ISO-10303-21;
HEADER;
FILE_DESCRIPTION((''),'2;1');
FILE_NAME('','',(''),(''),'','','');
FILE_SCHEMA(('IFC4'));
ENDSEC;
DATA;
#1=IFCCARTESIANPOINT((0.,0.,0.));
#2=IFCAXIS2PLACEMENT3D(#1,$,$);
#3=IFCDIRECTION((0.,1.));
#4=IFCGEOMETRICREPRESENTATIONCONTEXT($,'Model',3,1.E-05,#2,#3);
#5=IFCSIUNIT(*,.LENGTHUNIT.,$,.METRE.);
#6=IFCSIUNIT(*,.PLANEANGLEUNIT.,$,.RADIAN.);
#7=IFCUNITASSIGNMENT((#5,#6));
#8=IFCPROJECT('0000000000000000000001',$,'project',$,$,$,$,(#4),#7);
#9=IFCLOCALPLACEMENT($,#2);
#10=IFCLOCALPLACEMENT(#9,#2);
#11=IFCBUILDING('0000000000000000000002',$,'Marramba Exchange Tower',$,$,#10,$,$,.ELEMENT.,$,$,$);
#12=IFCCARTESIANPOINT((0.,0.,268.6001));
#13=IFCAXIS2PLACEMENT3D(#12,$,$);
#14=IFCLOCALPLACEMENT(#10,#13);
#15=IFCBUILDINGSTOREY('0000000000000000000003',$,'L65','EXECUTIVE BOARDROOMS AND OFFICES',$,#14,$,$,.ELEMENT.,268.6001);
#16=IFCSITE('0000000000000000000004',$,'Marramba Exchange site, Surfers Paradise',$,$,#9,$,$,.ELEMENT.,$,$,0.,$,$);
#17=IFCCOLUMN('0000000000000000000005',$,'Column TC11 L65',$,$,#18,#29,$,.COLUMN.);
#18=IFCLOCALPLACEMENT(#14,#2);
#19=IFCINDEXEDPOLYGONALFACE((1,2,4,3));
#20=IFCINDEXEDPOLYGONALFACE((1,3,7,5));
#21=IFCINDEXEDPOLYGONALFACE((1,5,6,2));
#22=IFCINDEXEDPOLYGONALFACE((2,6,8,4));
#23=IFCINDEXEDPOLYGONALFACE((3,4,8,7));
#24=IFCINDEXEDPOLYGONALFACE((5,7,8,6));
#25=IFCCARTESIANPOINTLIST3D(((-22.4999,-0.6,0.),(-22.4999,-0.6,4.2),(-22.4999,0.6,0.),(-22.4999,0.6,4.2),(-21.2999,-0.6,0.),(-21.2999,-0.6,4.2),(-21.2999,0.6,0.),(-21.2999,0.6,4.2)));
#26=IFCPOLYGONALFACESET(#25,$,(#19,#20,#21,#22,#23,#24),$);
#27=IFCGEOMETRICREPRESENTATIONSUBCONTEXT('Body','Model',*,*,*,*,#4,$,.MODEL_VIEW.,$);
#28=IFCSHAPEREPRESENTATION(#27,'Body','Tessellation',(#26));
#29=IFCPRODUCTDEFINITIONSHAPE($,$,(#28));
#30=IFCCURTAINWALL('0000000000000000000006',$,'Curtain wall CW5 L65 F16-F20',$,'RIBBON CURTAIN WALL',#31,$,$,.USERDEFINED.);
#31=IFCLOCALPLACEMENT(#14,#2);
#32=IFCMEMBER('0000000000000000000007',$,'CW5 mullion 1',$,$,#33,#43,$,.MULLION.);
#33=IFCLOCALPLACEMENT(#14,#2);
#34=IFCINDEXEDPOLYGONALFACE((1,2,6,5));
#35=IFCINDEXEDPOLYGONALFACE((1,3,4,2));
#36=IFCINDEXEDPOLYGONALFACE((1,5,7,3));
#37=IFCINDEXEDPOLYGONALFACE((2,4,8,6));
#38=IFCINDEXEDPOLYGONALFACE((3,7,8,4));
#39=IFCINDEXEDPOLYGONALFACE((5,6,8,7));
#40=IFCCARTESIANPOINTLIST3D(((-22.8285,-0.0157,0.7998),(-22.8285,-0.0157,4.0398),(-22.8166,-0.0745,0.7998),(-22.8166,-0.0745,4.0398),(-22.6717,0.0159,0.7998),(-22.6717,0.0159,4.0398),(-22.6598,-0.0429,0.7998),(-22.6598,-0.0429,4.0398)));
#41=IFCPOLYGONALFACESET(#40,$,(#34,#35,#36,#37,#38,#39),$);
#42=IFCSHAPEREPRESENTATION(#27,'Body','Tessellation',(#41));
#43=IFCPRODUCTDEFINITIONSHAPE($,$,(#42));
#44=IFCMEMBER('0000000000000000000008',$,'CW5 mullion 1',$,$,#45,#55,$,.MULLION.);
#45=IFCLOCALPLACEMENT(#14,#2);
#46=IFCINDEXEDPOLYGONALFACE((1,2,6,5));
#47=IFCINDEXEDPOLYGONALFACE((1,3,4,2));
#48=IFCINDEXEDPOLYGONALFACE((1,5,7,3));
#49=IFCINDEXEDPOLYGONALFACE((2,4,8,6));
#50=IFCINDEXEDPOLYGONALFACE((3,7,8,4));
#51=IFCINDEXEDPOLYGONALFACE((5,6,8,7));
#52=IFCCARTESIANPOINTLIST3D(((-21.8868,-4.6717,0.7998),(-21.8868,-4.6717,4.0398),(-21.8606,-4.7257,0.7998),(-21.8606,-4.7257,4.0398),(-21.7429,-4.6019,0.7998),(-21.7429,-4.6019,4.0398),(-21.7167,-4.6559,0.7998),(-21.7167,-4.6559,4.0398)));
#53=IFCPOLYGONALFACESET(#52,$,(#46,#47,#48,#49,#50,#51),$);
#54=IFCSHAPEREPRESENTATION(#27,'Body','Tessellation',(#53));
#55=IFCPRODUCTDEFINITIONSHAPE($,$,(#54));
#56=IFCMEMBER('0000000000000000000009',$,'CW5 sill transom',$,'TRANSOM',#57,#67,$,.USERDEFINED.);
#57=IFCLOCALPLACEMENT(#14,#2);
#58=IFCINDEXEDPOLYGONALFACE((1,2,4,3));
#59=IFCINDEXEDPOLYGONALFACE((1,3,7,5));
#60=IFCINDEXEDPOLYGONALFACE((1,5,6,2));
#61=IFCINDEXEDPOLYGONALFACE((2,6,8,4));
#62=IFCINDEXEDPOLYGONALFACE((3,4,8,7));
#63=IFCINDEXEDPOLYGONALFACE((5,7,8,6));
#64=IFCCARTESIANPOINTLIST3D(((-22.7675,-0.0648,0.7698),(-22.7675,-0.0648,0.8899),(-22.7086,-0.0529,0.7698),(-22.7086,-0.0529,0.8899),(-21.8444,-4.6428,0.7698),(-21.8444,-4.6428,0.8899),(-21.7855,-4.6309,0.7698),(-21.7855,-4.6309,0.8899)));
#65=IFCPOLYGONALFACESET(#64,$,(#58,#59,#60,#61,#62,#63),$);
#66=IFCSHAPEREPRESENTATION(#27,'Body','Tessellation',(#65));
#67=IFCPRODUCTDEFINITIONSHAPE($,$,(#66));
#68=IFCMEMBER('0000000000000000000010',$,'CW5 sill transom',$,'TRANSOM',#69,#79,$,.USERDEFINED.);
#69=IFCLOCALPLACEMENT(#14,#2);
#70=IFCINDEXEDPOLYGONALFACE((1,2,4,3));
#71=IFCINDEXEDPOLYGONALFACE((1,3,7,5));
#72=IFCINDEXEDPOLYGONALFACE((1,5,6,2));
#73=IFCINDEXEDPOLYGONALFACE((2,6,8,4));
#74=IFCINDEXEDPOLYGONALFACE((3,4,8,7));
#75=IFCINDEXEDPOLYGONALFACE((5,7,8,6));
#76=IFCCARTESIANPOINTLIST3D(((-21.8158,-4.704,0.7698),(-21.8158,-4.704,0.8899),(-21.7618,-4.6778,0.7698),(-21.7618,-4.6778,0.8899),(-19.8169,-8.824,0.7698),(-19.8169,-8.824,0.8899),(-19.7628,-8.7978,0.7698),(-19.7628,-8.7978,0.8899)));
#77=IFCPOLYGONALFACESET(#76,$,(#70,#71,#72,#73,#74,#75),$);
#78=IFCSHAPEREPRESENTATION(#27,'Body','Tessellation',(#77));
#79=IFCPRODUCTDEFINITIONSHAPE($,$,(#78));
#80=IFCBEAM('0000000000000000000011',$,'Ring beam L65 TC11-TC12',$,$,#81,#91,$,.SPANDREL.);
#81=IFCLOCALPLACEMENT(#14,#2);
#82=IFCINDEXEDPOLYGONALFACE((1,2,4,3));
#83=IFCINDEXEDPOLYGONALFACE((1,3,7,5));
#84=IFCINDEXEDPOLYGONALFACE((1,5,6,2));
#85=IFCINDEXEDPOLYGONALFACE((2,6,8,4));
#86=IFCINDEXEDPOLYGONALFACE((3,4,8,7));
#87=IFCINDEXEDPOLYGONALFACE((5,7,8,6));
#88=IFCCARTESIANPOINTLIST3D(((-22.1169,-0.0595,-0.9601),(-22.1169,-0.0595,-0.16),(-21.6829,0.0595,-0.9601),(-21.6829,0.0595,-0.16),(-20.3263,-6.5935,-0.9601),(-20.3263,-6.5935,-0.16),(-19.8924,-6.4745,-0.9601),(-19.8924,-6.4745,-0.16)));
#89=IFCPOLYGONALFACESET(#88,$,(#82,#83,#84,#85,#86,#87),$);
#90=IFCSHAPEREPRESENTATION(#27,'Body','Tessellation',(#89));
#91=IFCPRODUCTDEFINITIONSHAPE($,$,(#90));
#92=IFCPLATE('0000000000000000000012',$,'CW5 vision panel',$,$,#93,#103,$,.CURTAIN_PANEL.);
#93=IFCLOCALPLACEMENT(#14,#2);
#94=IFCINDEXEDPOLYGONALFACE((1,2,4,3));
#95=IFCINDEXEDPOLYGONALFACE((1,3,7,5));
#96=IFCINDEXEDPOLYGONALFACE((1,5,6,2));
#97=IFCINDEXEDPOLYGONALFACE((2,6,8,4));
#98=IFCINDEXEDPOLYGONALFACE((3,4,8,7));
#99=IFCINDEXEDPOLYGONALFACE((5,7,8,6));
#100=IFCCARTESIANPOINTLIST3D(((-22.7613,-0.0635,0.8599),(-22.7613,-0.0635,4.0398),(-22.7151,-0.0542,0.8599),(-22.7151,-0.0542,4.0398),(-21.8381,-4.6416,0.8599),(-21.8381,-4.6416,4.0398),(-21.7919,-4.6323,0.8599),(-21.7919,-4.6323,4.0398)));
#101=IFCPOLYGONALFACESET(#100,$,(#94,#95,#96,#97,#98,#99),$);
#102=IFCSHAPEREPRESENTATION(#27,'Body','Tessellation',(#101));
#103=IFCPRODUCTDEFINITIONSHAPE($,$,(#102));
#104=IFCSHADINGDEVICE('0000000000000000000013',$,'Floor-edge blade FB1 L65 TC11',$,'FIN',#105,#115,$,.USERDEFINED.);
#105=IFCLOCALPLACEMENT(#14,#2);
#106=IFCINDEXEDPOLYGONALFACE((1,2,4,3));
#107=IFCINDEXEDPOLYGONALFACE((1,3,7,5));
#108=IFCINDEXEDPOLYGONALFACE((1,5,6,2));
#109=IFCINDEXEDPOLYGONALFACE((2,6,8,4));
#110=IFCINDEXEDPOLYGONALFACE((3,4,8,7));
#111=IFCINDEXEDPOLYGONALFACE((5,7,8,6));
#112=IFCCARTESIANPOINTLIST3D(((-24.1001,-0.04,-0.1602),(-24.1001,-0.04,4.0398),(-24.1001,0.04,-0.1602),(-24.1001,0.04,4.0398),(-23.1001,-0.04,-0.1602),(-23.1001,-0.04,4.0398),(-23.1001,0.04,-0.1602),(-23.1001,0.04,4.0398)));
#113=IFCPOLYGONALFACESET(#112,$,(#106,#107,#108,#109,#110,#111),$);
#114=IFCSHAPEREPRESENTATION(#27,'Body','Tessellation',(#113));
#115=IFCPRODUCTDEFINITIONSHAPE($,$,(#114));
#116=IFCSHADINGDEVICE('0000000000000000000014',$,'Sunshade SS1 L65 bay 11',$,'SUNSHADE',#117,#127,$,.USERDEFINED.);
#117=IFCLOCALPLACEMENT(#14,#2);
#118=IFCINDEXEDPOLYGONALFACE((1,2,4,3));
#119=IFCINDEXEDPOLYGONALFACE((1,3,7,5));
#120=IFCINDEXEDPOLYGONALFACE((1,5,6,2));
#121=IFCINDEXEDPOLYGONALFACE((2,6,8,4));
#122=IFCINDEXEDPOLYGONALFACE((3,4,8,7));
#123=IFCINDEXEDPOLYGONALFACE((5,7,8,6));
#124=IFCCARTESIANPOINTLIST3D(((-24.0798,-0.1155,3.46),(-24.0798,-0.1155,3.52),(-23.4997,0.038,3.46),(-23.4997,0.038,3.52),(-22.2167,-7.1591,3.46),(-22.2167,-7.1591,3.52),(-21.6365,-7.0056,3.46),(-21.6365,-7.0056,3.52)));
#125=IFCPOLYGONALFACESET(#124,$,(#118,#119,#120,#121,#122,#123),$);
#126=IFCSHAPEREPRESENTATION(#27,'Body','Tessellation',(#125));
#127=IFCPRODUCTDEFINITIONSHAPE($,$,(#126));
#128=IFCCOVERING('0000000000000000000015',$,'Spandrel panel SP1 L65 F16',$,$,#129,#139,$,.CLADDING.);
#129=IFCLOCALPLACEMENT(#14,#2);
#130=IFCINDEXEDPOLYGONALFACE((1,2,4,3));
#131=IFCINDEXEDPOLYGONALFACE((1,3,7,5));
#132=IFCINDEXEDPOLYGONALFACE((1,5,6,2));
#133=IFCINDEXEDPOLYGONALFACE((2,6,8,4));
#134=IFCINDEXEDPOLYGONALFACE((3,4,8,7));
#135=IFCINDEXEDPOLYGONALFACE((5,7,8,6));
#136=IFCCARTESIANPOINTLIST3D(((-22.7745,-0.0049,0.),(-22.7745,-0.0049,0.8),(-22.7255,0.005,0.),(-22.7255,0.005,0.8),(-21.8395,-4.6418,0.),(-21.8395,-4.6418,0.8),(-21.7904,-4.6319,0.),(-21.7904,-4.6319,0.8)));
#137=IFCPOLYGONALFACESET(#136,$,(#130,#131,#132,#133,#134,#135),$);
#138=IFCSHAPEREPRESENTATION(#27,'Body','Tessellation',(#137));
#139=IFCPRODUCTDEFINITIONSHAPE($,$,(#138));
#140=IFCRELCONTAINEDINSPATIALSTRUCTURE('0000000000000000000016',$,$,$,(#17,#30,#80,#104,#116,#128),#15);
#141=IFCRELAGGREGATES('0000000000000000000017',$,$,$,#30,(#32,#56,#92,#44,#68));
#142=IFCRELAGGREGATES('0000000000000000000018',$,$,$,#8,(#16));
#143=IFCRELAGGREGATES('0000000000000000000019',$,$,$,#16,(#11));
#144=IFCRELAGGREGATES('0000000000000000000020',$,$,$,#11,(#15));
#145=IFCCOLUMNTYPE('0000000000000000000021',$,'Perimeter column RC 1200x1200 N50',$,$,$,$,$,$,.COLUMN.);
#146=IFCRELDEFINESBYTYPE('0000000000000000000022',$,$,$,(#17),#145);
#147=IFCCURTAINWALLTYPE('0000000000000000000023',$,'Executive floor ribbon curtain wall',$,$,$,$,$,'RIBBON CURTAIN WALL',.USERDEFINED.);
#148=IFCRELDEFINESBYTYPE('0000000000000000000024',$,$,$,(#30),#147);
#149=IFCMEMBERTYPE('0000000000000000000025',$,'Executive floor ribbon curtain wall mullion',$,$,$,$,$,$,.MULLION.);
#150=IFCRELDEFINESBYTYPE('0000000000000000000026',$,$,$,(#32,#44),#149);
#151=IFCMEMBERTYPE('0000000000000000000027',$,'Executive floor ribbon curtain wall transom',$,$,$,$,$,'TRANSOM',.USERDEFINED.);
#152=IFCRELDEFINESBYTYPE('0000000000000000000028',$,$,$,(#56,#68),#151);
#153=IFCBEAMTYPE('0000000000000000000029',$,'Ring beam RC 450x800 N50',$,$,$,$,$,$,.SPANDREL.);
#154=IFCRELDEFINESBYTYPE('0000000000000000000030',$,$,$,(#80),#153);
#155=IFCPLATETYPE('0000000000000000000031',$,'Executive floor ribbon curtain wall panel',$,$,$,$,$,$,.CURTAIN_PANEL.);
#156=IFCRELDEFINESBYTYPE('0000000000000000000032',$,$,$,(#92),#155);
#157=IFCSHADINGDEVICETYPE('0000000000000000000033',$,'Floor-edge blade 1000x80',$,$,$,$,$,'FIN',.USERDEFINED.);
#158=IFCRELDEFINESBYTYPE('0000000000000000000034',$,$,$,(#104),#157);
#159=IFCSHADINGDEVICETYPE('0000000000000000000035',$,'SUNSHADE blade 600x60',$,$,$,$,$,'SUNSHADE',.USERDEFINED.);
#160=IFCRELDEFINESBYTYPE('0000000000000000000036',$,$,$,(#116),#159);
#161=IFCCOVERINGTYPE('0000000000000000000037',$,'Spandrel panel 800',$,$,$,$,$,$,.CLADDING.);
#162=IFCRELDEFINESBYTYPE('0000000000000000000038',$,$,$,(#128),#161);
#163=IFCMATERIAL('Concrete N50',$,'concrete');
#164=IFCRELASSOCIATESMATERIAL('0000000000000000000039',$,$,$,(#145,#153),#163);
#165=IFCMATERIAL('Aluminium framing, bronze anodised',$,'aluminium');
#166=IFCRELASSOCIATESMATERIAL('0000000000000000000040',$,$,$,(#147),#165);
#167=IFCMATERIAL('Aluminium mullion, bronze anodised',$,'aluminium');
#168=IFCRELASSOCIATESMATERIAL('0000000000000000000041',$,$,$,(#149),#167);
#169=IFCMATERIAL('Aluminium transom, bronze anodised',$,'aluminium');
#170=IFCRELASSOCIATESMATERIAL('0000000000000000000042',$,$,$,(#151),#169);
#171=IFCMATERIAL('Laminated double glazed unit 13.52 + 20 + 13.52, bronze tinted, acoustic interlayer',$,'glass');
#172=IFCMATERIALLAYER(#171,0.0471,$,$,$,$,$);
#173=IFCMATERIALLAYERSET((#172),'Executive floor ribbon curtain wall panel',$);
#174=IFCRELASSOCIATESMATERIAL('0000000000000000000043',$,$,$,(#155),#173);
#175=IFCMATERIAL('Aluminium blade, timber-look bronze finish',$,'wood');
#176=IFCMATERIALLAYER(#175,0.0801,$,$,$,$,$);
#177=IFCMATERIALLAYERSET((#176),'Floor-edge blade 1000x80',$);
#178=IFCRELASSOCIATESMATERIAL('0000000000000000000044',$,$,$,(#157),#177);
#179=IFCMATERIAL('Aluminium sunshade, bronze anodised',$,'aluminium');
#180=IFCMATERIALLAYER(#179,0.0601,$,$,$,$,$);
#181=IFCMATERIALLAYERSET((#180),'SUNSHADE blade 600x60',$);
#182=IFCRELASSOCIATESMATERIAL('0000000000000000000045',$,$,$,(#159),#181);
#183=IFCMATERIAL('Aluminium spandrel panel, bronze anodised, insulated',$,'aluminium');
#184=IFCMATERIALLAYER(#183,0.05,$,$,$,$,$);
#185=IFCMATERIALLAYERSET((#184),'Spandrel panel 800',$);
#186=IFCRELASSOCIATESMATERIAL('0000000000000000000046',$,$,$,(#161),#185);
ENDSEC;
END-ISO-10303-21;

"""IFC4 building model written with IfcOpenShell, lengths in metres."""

from ifc_helpers import new_model, si_unit, direction, frame, origin, origin_2d, place, context, subcontext, project, spatial, rectangle, extrude, material, layer, layer_set, material_profile, profile_set, type_object, element, aggregate, save


model = new_model("IFC4")

# Units and contexts
model_context = context("Model", 3, precision=1e-05, world=origin(), true_north=direction((0.0, 1.0)))
body_context = subcontext(model_context, "Body", "Model", "MODEL_VIEW")
ifc_project = project(units=[si_unit("LENGTHUNIT", "METRE"), si_unit("PLANEANGLEUNIT", "RADIAN")], contexts=[model_context])

# Site, building, storey
site_placement = place(None, origin())
site = spatial("IfcSite", under=ifc_project, at=site_placement, Name="Marramba Exchange site, Surfers Paradise", CompositionType="ELEMENT", RefElevation=0.0)
building_placement = place(site_placement, origin())
building = spatial("IfcBuilding", under=site, at=building_placement, Name="Marramba Exchange Tower", CompositionType="ELEMENT")
storey_placement = place(building_placement, frame((0.0, 0.0, 268.6001)))
storey = spatial("IfcBuildingStorey", under=building, at=storey_placement, Name="L65", Description="EXECUTIVE BOARDROOMS AND OFFICES", CompositionType="ELEMENT", Elevation=268.6001)

# Column
ifc_material_1 = material(Name="Concrete N50", Category="concrete")
ifc_material_profile_1 = material_profile(ifc_material_1, rectangle(XDim=1.2, YDim=1.2, at=origin_2d()), Name="RC 1200x1200")
ifc_profile_set_1 = profile_set([ifc_material_profile_1], Name="Concrete N50")
column_type = type_object("IfcColumnType", Name="Perimeter column RC 1200x1200 N50", PredefinedType="COLUMN", material=ifc_profile_set_1)
column_placement = place(storey_placement, frame((-21.8999, 0.0, 0.0), z_axis=(0.0, 0.0, 1.0), x_axis=(-1.0, 0.0, 0.0)))
element("IfcColumn", 1, at=column_placement, inside=storey, type_object=column_type, Name="Column TC11 L65", PredefinedType="COLUMN", context=body_context, shape_type="SweptSolid", body=[
    extrude(rectangle(XDim=1.2, YDim=1.2, at=origin_2d()), origin(), (0.0, 0.0, 1.0), 4.2),
])

# Curtain wall, members
ifc_material_2 = material(Name="Aluminium framing, bronze anodised", Category="aluminium")
curtain_wall_type = type_object("IfcCurtainWallType", Name="Executive floor ribbon curtain wall", ElementType="RIBBON CURTAIN WALL", PredefinedType="USERDEFINED", material=ifc_material_2)
curtain_wall_placement = place(storey_placement, origin())
curtain_wall = element("IfcCurtainWall", 2, at=curtain_wall_placement, inside=storey, type_object=curtain_wall_type, Name="Curtain wall CW5 L65 F16-F20", ObjectType="RIBBON CURTAIN WALL", PredefinedType="USERDEFINED")
ifc_material_3 = material(Name="Aluminium mullion, bronze anodised", Category="aluminium")
ifc_material_profile_2 = material_profile(ifc_material_3, rectangle(XDim=0.1599, YDim=0.0601, at=origin_2d()), Name="CW5 mullion 60x160")
ifc_profile_set_2 = profile_set([ifc_material_profile_2], Name="Aluminium mullion, bronze anodised")
member_type_1 = type_object("IfcMemberType", Name="Executive floor ribbon curtain wall mullion", PredefinedType="MULLION", material=ifc_profile_set_2)
member_1_placement = place(storey_placement, frame((-22.7441, -0.0293, 0.7998), z_axis=(0.0, 0.0, 1.0), x_axis=(0.980269, 0.197671, 0.0)))
member_1 = element("IfcMember", 3, at=member_1_placement, type_object=member_type_1, Name="CW5 mullion 1", PredefinedType="MULLION", context=body_context, shape_type="SweptSolid", body=[
    extrude(rectangle(XDim=0.1599, YDim=0.0601, at=origin_2d()), origin(), (0.0, 0.0, 1.0), 3.24),
])
member_2_placement = place(storey_placement, frame((-21.8018, -4.6638, 0.7998), z_axis=(0.0, 0.0, 1.0), x_axis=(0.899697, 0.436515, 0.0)))
member_2 = element("IfcMember", 4, at=member_2_placement, type_object=member_type_1, Name="CW5 mullion 1", PredefinedType="MULLION", context=body_context, shape_type="SweptSolid", body=[
    extrude(rectangle(XDim=0.1599, YDim=0.0601, at=origin_2d()), origin(), (0.0, 0.0, 1.0), 3.24),
])
ifc_material_4 = material(Name="Aluminium transom, bronze anodised", Category="aluminium")
ifc_material_profile_3 = material_profile(ifc_material_4, rectangle(XDim=0.0601, YDim=0.1201, at=origin_2d()), Name="CW5 transom 60x120")
ifc_profile_set_3 = profile_set([ifc_material_profile_3], Name="Aluminium transom, bronze anodised")
member_type_2 = type_object("IfcMemberType", Name="Executive floor ribbon curtain wall transom", ElementType="TRANSOM", PredefinedType="USERDEFINED", material=ifc_profile_set_3)
member_3_placement = place(storey_placement, frame((-22.738, -0.0588, 0.8298), z_axis=(0.197654, -0.980272, 0.0), x_axis=(0.980272, 0.197654, 0.0)))
member_3 = element("IfcMember", 5, at=member_3_placement, type_object=member_type_2, Name="CW5 sill transom", ObjectType="TRANSOM", PredefinedType="USERDEFINED", context=body_context, shape_type="SweptSolid", body=[
    extrude(rectangle(XDim=0.0601, YDim=0.1201, at=origin_2d()), origin(), (0.0, 0.0, 1.0), 4.6702),
])
member_4_placement = place(storey_placement, frame((-21.7888, -4.6909, 0.8298), z_axis=(0.436519, -0.899695, 0.0), x_axis=(0.899695, 0.436519, 0.0)))
member_4 = element("IfcMember", 6, at=member_4_placement, type_object=member_type_2, Name="CW5 sill transom", ObjectType="TRANSOM", PredefinedType="USERDEFINED", context=body_context, shape_type="SweptSolid", body=[
    extrude(rectangle(XDim=0.0601, YDim=0.1201, at=origin_2d()), origin(), (0.0, 0.0, 1.0), 4.5793),
])

# Beam
ifc_material_profile_4 = material_profile(ifc_material_1, rectangle(XDim=0.45, YDim=0.8, at=origin_2d()), Name="RC 450x800")
ifc_profile_set_4 = profile_set([ifc_material_profile_4], Name="Concrete N50")
beam_type = type_object("IfcBeamType", Name="Ring beam RC 450x800 N50", PredefinedType="SPANDREL", material=ifc_profile_set_4)
beam_placement = place(storey_placement, frame((-21.8999, 0.0, -0.5601), z_axis=(0.264291, -0.964443, 0.0), x_axis=(0.964443, 0.264291, 0.0)))
element("IfcBeam", 7, at=beam_placement, inside=storey, type_object=beam_type, Name="Ring beam L65 TC11-TC12", PredefinedType="SPANDREL", context=body_context, shape_type="SweptSolid", body=[
    extrude(rectangle(XDim=0.45, YDim=0.8, at=origin_2d()), origin(), (0.0, 0.0, 1.0), 6.7749),
])

# Plate
ifc_material_5 = material(Name="Laminated double glazed unit 13.52 + 20 + 13.52, bronze tinted, acoustic interlayer", Category="glass")
ifc_layer_1 = layer(ifc_material_5, 0.0471)
ifc_layer_set_1 = layer_set([ifc_layer_1], Name="Executive floor ribbon curtain wall panel")
plate_type = type_object("IfcPlateType", Name="Executive floor ribbon curtain wall panel", PredefinedType="CURTAIN_PANEL", material=ifc_layer_set_1)
plate_placement = place(storey_placement, frame((-22.2766, -2.3479, 0.8599), z_axis=(0.0, 0.0, 1.0), x_axis=(0.197671, -0.980269, 0.0)))
plate = element("IfcPlate", 8, at=plate_placement, type_object=plate_type, Name="CW5 vision panel", PredefinedType="CURTAIN_PANEL", context=body_context, shape_type="SweptSolid", body=[
    extrude(rectangle(XDim=4.6702, YDim=0.0471, at=origin_2d()), origin(), (0.0, 0.0, 1.0), 3.1799),
])
aggregate(curtain_wall, [member_1, member_3, plate, member_2, member_4])

# Shading devices
ifc_material_6 = material(Name="Aluminium blade, timber-look bronze finish", Category="wood")
ifc_layer_2 = layer(ifc_material_6, 0.0801)
ifc_layer_set_2 = layer_set([ifc_layer_2], Name="Floor-edge blade 1000x80")
shading_device_type_1 = type_object("IfcShadingDeviceType", Name="Floor-edge blade 1000x80", ElementType="FIN", PredefinedType="USERDEFINED", material=ifc_layer_set_2)
shading_device_1_placement = place(storey_placement, frame((-23.6001, 0.0, -0.1602), z_axis=(0.0, 0.0, 1.0), x_axis=(-1.0, 0.0, 0.0)))
element("IfcShadingDevice", 9, at=shading_device_1_placement, inside=storey, type_object=shading_device_type_1, Name="Floor-edge blade FB1 L65 TC11", ObjectType="FIN", PredefinedType="USERDEFINED", context=body_context, shape_type="SweptSolid", body=[
    extrude(rectangle(XDim=1.0, YDim=0.0801, at=origin_2d()), origin(), (0.0, 0.0, 1.0), 4.2),
])
ifc_material_7 = material(Name="Aluminium sunshade, bronze anodised", Category="aluminium")
ifc_layer_3 = layer(ifc_material_7, 0.0601)
ifc_layer_set_3 = layer_set([ifc_layer_3], Name="SUNSHADE blade 600x60")
shading_device_type_2 = type_object("IfcShadingDeviceType", Name="SUNSHADE blade 600x60", ElementType="SUNSHADE", PredefinedType="USERDEFINED", material=ifc_layer_set_3)
shading_device_2_placement = place(storey_placement, frame((-22.8582, -3.5605, 3.46), z_axis=(0.0, 0.0, 1.0), x_axis=(0.255719, -0.966751, 0.0)))
element("IfcShadingDevice", 10, at=shading_device_2_placement, inside=storey, type_object=shading_device_type_2, Name="Sunshade SS1 L65 bay 11", ObjectType="SUNSHADE", PredefinedType="USERDEFINED", context=body_context, shape_type="SweptSolid", body=[
    extrude(rectangle(XDim=7.2859, YDim=0.6001, at=origin_2d()), origin(), (0.0, 0.0, 1.0), 0.0601),
])

# Covering
ifc_material_8 = material(Name="Aluminium spandrel panel, bronze anodised, insulated", Category="aluminium")
ifc_layer_4 = layer(ifc_material_8, 0.05)
ifc_layer_set_4 = layer_set([ifc_layer_4], Name="Spandrel panel 800")
covering_type = type_object("IfcCoveringType", Name="Spandrel panel 800", PredefinedType="CLADDING", material=ifc_layer_set_4)
covering_placement = place(storey_placement, frame((-22.2825, -2.3184, 0.0), z_axis=(0.0, 0.0, 1.0), x_axis=(0.197671, -0.980269, 0.0)))
element("IfcCovering", 11, at=covering_placement, inside=storey, type_object=covering_type, Name="Spandrel panel SP1 L65 F16", PredefinedType="CLADDING", context=body_context, shape_type="SweptSolid", body=[
    extrude(rectangle(XDim=4.7302, YDim=0.05, at=origin_2d()), origin(), (0.0, 0.0, 1.0), 0.8),
])

save(model, "model.ifc")
